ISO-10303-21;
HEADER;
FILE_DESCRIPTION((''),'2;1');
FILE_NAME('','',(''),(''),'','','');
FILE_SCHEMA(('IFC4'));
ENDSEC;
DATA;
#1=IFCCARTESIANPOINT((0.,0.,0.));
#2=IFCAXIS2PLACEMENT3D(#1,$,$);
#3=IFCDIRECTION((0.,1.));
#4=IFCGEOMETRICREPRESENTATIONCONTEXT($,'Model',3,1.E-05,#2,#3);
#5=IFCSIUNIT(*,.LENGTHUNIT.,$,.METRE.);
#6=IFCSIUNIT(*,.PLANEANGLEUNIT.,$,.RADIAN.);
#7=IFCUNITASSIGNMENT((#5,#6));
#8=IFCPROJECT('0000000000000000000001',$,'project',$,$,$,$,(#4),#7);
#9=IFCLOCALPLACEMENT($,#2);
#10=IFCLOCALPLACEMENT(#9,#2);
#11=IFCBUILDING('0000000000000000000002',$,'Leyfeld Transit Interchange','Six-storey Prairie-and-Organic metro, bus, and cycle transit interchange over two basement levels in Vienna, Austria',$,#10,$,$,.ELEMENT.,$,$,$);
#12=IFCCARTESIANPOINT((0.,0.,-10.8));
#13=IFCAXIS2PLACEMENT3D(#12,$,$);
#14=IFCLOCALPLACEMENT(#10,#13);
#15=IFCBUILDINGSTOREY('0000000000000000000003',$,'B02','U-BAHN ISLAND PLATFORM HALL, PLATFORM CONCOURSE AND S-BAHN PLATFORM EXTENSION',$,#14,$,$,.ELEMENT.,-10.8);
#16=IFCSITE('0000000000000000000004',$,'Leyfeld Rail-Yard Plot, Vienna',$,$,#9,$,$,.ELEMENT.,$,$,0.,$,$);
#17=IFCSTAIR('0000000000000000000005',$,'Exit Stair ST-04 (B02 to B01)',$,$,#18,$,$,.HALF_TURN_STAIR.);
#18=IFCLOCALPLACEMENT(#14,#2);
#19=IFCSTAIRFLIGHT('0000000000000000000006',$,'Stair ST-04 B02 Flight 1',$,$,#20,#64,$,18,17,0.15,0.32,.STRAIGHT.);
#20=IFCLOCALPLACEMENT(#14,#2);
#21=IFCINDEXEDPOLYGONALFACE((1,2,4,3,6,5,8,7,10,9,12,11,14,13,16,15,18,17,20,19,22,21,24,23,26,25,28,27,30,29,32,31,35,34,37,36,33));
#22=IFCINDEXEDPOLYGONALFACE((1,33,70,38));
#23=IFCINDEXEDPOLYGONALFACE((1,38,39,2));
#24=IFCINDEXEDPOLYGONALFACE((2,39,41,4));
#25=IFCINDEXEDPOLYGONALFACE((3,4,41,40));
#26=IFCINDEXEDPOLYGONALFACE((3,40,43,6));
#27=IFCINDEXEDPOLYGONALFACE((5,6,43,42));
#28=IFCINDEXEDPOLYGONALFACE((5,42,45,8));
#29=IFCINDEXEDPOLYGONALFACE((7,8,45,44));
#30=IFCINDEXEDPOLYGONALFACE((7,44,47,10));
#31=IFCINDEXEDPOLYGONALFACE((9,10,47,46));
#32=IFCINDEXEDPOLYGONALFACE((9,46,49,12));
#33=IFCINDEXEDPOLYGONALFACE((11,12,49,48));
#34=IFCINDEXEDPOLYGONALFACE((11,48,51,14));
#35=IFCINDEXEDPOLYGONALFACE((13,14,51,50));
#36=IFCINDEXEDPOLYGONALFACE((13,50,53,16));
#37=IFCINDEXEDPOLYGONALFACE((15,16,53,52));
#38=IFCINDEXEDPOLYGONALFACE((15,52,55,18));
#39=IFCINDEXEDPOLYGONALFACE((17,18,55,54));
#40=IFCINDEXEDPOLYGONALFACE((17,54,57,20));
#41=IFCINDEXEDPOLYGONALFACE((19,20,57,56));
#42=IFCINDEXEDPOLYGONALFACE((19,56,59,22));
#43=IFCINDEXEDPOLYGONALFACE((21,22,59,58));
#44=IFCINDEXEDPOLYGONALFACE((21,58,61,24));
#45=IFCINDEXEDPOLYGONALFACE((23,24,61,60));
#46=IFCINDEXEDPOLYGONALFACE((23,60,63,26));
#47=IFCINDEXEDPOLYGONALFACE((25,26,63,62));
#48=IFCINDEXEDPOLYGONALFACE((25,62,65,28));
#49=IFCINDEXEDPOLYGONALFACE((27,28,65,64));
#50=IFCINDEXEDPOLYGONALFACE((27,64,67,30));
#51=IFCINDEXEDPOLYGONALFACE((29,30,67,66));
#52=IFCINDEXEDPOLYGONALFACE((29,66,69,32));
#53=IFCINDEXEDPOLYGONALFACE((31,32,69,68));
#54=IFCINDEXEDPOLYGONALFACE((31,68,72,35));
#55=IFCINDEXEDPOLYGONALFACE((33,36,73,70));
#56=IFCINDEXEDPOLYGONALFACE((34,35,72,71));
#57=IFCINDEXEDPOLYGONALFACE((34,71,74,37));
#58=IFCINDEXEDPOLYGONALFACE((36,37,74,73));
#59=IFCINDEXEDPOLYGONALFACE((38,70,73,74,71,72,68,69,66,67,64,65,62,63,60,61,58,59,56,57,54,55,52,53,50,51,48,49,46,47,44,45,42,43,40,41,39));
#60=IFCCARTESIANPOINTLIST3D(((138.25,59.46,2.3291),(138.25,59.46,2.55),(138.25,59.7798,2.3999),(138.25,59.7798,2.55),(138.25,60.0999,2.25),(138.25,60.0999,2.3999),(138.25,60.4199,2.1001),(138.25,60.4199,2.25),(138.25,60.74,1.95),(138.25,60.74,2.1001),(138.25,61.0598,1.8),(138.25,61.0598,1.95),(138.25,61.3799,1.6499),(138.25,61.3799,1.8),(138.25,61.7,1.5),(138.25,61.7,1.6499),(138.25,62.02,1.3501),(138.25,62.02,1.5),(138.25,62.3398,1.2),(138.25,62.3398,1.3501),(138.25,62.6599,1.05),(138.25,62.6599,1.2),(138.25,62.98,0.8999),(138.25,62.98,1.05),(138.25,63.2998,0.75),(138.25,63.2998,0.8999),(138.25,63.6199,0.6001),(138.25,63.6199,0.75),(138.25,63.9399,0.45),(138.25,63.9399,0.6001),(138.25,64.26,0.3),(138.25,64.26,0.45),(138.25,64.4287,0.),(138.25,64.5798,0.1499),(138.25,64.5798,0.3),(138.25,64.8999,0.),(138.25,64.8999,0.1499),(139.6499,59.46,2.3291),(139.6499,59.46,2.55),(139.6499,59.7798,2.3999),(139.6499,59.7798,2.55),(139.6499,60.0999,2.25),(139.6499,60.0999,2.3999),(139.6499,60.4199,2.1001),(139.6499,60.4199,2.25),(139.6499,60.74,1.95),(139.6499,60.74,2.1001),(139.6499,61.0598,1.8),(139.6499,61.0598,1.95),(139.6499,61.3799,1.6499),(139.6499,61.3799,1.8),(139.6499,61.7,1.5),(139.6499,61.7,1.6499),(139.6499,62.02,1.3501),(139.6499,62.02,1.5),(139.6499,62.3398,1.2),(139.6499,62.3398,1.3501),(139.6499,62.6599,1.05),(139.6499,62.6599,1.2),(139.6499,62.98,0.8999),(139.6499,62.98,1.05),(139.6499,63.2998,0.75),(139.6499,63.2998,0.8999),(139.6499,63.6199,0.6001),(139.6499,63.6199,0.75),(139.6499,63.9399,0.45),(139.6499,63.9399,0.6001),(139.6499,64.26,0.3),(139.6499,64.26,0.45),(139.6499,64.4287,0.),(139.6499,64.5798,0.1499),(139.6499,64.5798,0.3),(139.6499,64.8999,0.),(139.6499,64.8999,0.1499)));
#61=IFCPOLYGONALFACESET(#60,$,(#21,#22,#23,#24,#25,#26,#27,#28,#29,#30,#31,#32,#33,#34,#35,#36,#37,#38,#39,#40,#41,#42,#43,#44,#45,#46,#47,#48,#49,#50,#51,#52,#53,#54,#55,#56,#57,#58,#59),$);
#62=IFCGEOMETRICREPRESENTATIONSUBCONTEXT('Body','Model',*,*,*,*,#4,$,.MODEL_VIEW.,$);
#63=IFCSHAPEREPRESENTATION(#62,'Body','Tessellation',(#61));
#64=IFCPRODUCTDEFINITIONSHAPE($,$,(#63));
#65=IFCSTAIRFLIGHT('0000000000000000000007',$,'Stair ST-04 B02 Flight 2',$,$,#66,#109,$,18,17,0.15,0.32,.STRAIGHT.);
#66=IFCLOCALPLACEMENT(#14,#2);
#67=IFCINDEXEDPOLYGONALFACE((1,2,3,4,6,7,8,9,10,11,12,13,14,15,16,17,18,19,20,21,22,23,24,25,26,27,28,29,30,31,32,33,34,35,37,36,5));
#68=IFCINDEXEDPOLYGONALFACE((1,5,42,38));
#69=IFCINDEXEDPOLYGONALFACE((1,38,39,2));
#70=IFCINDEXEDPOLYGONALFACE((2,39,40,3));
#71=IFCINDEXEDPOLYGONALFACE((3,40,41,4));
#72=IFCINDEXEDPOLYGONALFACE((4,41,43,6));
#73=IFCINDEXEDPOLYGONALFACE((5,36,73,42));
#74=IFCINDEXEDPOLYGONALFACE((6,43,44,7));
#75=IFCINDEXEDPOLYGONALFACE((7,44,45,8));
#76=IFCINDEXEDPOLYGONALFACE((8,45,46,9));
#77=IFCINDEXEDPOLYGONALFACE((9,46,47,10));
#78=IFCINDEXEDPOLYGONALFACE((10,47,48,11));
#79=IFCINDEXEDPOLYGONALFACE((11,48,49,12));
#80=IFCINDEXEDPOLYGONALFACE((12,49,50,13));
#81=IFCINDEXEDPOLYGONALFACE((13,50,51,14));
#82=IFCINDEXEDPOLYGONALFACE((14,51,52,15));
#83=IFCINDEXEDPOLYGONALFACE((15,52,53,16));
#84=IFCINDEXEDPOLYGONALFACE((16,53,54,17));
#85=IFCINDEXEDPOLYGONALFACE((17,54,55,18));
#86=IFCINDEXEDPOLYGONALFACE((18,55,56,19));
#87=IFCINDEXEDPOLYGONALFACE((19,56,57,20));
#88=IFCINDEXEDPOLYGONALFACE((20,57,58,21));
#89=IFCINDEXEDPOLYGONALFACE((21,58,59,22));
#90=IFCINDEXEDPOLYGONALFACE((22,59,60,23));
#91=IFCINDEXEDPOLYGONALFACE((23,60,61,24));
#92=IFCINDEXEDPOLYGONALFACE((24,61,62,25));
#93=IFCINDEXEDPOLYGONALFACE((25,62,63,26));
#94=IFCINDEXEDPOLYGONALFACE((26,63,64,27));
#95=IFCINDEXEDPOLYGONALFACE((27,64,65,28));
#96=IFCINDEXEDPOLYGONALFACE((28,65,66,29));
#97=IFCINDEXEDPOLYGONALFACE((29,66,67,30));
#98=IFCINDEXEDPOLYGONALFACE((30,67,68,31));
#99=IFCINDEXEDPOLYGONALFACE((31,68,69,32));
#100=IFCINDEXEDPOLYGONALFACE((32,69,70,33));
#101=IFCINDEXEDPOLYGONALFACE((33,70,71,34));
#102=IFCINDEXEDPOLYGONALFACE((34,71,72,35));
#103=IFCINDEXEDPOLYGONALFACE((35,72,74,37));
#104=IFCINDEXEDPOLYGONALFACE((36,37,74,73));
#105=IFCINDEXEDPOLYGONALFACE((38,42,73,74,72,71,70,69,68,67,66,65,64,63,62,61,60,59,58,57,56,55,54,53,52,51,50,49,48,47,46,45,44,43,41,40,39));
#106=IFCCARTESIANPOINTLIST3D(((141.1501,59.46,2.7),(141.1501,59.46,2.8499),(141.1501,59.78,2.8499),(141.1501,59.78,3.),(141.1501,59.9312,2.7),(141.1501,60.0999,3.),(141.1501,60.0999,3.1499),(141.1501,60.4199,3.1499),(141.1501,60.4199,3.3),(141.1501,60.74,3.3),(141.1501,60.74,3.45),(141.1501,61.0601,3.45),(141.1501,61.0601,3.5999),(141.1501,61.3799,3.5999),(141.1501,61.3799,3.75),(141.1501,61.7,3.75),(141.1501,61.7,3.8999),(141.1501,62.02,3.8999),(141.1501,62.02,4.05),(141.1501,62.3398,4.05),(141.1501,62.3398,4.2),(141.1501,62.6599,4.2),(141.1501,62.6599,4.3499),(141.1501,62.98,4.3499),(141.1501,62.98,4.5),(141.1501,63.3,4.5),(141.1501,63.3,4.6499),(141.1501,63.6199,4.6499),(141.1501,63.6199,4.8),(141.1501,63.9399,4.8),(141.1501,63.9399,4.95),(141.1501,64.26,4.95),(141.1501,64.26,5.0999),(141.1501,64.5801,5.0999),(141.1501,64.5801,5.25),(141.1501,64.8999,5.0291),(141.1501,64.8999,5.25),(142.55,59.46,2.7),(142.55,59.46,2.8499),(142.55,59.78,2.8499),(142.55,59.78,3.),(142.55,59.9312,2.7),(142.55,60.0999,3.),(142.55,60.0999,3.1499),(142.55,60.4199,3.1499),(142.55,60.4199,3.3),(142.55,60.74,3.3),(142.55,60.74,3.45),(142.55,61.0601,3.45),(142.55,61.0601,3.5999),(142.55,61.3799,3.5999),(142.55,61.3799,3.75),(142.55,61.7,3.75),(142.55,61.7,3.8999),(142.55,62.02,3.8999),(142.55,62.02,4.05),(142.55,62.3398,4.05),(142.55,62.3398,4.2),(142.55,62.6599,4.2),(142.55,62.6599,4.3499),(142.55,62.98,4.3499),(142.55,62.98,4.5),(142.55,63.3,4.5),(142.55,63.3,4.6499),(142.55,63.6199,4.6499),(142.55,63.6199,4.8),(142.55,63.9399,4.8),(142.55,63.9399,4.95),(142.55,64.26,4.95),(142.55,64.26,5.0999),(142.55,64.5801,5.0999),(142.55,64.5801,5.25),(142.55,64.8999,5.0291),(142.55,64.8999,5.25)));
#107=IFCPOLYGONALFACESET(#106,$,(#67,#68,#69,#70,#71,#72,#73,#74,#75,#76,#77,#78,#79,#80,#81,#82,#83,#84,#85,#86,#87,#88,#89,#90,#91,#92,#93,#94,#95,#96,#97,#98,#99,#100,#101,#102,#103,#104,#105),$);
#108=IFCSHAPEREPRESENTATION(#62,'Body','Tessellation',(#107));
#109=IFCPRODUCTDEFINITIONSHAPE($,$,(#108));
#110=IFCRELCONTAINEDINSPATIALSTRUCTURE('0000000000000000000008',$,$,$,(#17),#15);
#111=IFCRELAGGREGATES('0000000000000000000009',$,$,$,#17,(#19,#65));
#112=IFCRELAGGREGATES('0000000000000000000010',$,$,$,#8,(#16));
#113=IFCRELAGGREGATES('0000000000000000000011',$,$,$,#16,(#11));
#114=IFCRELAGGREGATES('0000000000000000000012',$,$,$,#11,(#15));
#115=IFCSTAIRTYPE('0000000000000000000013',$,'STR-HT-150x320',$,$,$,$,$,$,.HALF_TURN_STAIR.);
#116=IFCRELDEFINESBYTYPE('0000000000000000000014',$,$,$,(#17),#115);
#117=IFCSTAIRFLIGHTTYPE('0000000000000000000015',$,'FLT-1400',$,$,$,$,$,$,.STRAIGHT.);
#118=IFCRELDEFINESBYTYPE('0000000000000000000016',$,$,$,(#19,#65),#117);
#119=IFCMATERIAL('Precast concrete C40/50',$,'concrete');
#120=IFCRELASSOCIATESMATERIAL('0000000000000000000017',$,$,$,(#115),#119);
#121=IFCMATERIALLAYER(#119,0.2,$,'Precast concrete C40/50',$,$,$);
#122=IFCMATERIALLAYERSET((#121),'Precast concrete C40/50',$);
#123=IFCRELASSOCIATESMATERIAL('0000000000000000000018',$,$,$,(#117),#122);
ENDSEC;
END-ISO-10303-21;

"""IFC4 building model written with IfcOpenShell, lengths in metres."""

from ifc_helpers import new_model, si_unit, direction, frame, origin, place, context, subcontext, project, spatial, polyline, outline, extrude, material, layer, layer_set, type_object, element, aggregate, save


model = new_model("IFC4")

# Units and contexts
model_context = context("Model", 3, precision=1e-05, world=origin(), true_north=direction((0.0, 1.0)))
body_context = subcontext(model_context, "Body", "Model", "MODEL_VIEW")
ifc_project = project(units=[si_unit("LENGTHUNIT", "METRE"), si_unit("PLANEANGLEUNIT", "RADIAN")], contexts=[model_context])

# Site, building, storey
site_placement = place(None, origin())
site = spatial("IfcSite", under=ifc_project, at=site_placement, Name="Leyfeld Rail-Yard Plot, Vienna", CompositionType="ELEMENT", RefElevation=0.0)
building_placement = place(site_placement, origin())
building = spatial("IfcBuilding", under=site, at=building_placement, Name="Leyfeld Transit Interchange", Description="Six-storey Prairie-and-Organic metro, bus, and cycle transit interchange over two basement levels in Vienna, Austria", CompositionType="ELEMENT")
storey_placement = place(building_placement, frame((0.0, 0.0, -10.8)))
storey = spatial("IfcBuildingStorey", under=building, at=storey_placement, Name="B02", Description="U-BAHN ISLAND PLATFORM HALL, PLATFORM CONCOURSE AND S-BAHN PLATFORM EXTENSION", CompositionType="ELEMENT", Elevation=-10.8)

# Stair, stair flights
ifc_material_1 = material(Name="Precast concrete C40/50", Category="concrete")
stair_type = type_object("IfcStairType", Name="STR-HT-150x320", PredefinedType="HALF_TURN_STAIR", material=ifc_material_1)
stair_placement = place(storey_placement, origin())
stair = element("IfcStair", 1, at=stair_placement, inside=storey, type_object=stair_type, Name="Exit Stair ST-04 (B02 to B01)", PredefinedType="HALF_TURN_STAIR")
ifc_layer_1 = layer(ifc_material_1, 0.2, Name="Precast concrete C40/50")
ifc_layer_set_1 = layer_set([ifc_layer_1], Name="Precast concrete C40/50")
stair_flight_type = type_object("IfcStairFlightType", Name="FLT-1400", PredefinedType="STRAIGHT", material=ifc_layer_set_1)
stair_flight_1_placement = place(storey_placement, frame((138.95, 64.8999, 0.0), z_axis=(0.0, 0.0, 1.0), x_axis=(0.0, -1.0, 0.0)))
stair_flight_1 = element("IfcStairFlight", 2, at=stair_flight_1_placement, type_object=stair_flight_type, Name="Stair ST-04 B02 Flight 1", NumberOfRisers=18, NumberOfTreads=17, PredefinedType="STRAIGHT", RiserHeight=0.15, TreadLength=0.32, context=body_context, shape_type="SweptSolid", body=[
    extrude(outline(polyline([(0.0, 0.0), (0.0, 0.1499), (0.3201, 0.1499), (0.3201, 0.3), (0.6399, 0.3), (0.6399, 0.45), (0.96, 0.45), (0.96, 0.6001), (1.28, 0.6001), (1.28, 0.75), (1.6001, 0.75), (1.6001, 0.8999), (1.9199, 0.8999), (1.9199, 1.05), (2.24, 1.05), (2.24, 1.2), (2.5601, 1.2), (2.5601, 1.3501), (2.8799, 1.3501), (2.8799, 1.5), (3.2, 1.5), (3.2, 1.6499), (3.52, 1.6499), (3.52, 1.8), (3.8401, 1.8), (3.8401, 1.95), (4.1599, 1.95), (4.1599, 2.1001), (4.48, 2.1001), (4.48, 2.25), (4.8, 2.25), (4.8, 2.3999), (5.1201, 2.3999), (5.1201, 2.55), (5.4399, 2.55), (5.4399, 2.7), (5.4399, 2.3291), (0.4712, 0.0), (0.0, 0.0)])), frame((0.0, 0.7, 0.0), z_axis=(0.0, -1.0, 0.0), x_axis=(1.0, 0.0, 0.0)), (0.0, 0.0, 1.0), 1.3999),
])
stair_flight_2_placement = place(storey_placement, frame((141.8501, 59.46, 2.7), z_axis=(0.0, 0.0, 1.0), x_axis=(0.0, 1.0, 0.0)))
stair_flight_2 = element("IfcStairFlight", 3, at=stair_flight_2_placement, type_object=stair_flight_type, Name="Stair ST-04 B02 Flight 2", NumberOfRisers=18, NumberOfTreads=17, PredefinedType="STRAIGHT", RiserHeight=0.15, TreadLength=0.32, context=body_context, shape_type="SweptSolid", body=[
    extrude(outline(polyline([(0.0, 0.0), (0.0, 0.1499), (0.3201, 0.1499), (0.3201, 0.3), (0.6399, 0.3), (0.6399, 0.45), (0.96, 0.45), (0.96, 0.6001), (1.28, 0.6001), (1.28, 0.75), (1.6001, 0.75), (1.6001, 0.8999), (1.9199, 0.8999), (1.9199, 1.05), (2.24, 1.05), (2.24, 1.2), (2.5601, 1.2), (2.5601, 1.3501), (2.8799, 1.3501), (2.8799, 1.5), (3.2, 1.5), (3.2, 1.6499), (3.52, 1.6499), (3.52, 1.8), (3.8401, 1.8), (3.8401, 1.95), (4.1599, 1.95), (4.1599, 2.1001), (4.48, 2.1001), (4.48, 2.25), (4.8, 2.25), (4.8, 2.3999), (5.1201, 2.3999), (5.1201, 2.55), (5.4399, 2.55), (5.4399, 2.7), (5.4399, 2.3291), (0.4712, 0.0), (0.0, 0.0)])), frame((0.0, 0.7, 0.0), z_axis=(0.0, -1.0, 0.0), x_axis=(1.0, 0.0, 0.0)), (0.0, 0.0, 1.0), 1.3999),
])
aggregate(stair, [stair_flight_1, stair_flight_2])

save(model, "model.ifc")
